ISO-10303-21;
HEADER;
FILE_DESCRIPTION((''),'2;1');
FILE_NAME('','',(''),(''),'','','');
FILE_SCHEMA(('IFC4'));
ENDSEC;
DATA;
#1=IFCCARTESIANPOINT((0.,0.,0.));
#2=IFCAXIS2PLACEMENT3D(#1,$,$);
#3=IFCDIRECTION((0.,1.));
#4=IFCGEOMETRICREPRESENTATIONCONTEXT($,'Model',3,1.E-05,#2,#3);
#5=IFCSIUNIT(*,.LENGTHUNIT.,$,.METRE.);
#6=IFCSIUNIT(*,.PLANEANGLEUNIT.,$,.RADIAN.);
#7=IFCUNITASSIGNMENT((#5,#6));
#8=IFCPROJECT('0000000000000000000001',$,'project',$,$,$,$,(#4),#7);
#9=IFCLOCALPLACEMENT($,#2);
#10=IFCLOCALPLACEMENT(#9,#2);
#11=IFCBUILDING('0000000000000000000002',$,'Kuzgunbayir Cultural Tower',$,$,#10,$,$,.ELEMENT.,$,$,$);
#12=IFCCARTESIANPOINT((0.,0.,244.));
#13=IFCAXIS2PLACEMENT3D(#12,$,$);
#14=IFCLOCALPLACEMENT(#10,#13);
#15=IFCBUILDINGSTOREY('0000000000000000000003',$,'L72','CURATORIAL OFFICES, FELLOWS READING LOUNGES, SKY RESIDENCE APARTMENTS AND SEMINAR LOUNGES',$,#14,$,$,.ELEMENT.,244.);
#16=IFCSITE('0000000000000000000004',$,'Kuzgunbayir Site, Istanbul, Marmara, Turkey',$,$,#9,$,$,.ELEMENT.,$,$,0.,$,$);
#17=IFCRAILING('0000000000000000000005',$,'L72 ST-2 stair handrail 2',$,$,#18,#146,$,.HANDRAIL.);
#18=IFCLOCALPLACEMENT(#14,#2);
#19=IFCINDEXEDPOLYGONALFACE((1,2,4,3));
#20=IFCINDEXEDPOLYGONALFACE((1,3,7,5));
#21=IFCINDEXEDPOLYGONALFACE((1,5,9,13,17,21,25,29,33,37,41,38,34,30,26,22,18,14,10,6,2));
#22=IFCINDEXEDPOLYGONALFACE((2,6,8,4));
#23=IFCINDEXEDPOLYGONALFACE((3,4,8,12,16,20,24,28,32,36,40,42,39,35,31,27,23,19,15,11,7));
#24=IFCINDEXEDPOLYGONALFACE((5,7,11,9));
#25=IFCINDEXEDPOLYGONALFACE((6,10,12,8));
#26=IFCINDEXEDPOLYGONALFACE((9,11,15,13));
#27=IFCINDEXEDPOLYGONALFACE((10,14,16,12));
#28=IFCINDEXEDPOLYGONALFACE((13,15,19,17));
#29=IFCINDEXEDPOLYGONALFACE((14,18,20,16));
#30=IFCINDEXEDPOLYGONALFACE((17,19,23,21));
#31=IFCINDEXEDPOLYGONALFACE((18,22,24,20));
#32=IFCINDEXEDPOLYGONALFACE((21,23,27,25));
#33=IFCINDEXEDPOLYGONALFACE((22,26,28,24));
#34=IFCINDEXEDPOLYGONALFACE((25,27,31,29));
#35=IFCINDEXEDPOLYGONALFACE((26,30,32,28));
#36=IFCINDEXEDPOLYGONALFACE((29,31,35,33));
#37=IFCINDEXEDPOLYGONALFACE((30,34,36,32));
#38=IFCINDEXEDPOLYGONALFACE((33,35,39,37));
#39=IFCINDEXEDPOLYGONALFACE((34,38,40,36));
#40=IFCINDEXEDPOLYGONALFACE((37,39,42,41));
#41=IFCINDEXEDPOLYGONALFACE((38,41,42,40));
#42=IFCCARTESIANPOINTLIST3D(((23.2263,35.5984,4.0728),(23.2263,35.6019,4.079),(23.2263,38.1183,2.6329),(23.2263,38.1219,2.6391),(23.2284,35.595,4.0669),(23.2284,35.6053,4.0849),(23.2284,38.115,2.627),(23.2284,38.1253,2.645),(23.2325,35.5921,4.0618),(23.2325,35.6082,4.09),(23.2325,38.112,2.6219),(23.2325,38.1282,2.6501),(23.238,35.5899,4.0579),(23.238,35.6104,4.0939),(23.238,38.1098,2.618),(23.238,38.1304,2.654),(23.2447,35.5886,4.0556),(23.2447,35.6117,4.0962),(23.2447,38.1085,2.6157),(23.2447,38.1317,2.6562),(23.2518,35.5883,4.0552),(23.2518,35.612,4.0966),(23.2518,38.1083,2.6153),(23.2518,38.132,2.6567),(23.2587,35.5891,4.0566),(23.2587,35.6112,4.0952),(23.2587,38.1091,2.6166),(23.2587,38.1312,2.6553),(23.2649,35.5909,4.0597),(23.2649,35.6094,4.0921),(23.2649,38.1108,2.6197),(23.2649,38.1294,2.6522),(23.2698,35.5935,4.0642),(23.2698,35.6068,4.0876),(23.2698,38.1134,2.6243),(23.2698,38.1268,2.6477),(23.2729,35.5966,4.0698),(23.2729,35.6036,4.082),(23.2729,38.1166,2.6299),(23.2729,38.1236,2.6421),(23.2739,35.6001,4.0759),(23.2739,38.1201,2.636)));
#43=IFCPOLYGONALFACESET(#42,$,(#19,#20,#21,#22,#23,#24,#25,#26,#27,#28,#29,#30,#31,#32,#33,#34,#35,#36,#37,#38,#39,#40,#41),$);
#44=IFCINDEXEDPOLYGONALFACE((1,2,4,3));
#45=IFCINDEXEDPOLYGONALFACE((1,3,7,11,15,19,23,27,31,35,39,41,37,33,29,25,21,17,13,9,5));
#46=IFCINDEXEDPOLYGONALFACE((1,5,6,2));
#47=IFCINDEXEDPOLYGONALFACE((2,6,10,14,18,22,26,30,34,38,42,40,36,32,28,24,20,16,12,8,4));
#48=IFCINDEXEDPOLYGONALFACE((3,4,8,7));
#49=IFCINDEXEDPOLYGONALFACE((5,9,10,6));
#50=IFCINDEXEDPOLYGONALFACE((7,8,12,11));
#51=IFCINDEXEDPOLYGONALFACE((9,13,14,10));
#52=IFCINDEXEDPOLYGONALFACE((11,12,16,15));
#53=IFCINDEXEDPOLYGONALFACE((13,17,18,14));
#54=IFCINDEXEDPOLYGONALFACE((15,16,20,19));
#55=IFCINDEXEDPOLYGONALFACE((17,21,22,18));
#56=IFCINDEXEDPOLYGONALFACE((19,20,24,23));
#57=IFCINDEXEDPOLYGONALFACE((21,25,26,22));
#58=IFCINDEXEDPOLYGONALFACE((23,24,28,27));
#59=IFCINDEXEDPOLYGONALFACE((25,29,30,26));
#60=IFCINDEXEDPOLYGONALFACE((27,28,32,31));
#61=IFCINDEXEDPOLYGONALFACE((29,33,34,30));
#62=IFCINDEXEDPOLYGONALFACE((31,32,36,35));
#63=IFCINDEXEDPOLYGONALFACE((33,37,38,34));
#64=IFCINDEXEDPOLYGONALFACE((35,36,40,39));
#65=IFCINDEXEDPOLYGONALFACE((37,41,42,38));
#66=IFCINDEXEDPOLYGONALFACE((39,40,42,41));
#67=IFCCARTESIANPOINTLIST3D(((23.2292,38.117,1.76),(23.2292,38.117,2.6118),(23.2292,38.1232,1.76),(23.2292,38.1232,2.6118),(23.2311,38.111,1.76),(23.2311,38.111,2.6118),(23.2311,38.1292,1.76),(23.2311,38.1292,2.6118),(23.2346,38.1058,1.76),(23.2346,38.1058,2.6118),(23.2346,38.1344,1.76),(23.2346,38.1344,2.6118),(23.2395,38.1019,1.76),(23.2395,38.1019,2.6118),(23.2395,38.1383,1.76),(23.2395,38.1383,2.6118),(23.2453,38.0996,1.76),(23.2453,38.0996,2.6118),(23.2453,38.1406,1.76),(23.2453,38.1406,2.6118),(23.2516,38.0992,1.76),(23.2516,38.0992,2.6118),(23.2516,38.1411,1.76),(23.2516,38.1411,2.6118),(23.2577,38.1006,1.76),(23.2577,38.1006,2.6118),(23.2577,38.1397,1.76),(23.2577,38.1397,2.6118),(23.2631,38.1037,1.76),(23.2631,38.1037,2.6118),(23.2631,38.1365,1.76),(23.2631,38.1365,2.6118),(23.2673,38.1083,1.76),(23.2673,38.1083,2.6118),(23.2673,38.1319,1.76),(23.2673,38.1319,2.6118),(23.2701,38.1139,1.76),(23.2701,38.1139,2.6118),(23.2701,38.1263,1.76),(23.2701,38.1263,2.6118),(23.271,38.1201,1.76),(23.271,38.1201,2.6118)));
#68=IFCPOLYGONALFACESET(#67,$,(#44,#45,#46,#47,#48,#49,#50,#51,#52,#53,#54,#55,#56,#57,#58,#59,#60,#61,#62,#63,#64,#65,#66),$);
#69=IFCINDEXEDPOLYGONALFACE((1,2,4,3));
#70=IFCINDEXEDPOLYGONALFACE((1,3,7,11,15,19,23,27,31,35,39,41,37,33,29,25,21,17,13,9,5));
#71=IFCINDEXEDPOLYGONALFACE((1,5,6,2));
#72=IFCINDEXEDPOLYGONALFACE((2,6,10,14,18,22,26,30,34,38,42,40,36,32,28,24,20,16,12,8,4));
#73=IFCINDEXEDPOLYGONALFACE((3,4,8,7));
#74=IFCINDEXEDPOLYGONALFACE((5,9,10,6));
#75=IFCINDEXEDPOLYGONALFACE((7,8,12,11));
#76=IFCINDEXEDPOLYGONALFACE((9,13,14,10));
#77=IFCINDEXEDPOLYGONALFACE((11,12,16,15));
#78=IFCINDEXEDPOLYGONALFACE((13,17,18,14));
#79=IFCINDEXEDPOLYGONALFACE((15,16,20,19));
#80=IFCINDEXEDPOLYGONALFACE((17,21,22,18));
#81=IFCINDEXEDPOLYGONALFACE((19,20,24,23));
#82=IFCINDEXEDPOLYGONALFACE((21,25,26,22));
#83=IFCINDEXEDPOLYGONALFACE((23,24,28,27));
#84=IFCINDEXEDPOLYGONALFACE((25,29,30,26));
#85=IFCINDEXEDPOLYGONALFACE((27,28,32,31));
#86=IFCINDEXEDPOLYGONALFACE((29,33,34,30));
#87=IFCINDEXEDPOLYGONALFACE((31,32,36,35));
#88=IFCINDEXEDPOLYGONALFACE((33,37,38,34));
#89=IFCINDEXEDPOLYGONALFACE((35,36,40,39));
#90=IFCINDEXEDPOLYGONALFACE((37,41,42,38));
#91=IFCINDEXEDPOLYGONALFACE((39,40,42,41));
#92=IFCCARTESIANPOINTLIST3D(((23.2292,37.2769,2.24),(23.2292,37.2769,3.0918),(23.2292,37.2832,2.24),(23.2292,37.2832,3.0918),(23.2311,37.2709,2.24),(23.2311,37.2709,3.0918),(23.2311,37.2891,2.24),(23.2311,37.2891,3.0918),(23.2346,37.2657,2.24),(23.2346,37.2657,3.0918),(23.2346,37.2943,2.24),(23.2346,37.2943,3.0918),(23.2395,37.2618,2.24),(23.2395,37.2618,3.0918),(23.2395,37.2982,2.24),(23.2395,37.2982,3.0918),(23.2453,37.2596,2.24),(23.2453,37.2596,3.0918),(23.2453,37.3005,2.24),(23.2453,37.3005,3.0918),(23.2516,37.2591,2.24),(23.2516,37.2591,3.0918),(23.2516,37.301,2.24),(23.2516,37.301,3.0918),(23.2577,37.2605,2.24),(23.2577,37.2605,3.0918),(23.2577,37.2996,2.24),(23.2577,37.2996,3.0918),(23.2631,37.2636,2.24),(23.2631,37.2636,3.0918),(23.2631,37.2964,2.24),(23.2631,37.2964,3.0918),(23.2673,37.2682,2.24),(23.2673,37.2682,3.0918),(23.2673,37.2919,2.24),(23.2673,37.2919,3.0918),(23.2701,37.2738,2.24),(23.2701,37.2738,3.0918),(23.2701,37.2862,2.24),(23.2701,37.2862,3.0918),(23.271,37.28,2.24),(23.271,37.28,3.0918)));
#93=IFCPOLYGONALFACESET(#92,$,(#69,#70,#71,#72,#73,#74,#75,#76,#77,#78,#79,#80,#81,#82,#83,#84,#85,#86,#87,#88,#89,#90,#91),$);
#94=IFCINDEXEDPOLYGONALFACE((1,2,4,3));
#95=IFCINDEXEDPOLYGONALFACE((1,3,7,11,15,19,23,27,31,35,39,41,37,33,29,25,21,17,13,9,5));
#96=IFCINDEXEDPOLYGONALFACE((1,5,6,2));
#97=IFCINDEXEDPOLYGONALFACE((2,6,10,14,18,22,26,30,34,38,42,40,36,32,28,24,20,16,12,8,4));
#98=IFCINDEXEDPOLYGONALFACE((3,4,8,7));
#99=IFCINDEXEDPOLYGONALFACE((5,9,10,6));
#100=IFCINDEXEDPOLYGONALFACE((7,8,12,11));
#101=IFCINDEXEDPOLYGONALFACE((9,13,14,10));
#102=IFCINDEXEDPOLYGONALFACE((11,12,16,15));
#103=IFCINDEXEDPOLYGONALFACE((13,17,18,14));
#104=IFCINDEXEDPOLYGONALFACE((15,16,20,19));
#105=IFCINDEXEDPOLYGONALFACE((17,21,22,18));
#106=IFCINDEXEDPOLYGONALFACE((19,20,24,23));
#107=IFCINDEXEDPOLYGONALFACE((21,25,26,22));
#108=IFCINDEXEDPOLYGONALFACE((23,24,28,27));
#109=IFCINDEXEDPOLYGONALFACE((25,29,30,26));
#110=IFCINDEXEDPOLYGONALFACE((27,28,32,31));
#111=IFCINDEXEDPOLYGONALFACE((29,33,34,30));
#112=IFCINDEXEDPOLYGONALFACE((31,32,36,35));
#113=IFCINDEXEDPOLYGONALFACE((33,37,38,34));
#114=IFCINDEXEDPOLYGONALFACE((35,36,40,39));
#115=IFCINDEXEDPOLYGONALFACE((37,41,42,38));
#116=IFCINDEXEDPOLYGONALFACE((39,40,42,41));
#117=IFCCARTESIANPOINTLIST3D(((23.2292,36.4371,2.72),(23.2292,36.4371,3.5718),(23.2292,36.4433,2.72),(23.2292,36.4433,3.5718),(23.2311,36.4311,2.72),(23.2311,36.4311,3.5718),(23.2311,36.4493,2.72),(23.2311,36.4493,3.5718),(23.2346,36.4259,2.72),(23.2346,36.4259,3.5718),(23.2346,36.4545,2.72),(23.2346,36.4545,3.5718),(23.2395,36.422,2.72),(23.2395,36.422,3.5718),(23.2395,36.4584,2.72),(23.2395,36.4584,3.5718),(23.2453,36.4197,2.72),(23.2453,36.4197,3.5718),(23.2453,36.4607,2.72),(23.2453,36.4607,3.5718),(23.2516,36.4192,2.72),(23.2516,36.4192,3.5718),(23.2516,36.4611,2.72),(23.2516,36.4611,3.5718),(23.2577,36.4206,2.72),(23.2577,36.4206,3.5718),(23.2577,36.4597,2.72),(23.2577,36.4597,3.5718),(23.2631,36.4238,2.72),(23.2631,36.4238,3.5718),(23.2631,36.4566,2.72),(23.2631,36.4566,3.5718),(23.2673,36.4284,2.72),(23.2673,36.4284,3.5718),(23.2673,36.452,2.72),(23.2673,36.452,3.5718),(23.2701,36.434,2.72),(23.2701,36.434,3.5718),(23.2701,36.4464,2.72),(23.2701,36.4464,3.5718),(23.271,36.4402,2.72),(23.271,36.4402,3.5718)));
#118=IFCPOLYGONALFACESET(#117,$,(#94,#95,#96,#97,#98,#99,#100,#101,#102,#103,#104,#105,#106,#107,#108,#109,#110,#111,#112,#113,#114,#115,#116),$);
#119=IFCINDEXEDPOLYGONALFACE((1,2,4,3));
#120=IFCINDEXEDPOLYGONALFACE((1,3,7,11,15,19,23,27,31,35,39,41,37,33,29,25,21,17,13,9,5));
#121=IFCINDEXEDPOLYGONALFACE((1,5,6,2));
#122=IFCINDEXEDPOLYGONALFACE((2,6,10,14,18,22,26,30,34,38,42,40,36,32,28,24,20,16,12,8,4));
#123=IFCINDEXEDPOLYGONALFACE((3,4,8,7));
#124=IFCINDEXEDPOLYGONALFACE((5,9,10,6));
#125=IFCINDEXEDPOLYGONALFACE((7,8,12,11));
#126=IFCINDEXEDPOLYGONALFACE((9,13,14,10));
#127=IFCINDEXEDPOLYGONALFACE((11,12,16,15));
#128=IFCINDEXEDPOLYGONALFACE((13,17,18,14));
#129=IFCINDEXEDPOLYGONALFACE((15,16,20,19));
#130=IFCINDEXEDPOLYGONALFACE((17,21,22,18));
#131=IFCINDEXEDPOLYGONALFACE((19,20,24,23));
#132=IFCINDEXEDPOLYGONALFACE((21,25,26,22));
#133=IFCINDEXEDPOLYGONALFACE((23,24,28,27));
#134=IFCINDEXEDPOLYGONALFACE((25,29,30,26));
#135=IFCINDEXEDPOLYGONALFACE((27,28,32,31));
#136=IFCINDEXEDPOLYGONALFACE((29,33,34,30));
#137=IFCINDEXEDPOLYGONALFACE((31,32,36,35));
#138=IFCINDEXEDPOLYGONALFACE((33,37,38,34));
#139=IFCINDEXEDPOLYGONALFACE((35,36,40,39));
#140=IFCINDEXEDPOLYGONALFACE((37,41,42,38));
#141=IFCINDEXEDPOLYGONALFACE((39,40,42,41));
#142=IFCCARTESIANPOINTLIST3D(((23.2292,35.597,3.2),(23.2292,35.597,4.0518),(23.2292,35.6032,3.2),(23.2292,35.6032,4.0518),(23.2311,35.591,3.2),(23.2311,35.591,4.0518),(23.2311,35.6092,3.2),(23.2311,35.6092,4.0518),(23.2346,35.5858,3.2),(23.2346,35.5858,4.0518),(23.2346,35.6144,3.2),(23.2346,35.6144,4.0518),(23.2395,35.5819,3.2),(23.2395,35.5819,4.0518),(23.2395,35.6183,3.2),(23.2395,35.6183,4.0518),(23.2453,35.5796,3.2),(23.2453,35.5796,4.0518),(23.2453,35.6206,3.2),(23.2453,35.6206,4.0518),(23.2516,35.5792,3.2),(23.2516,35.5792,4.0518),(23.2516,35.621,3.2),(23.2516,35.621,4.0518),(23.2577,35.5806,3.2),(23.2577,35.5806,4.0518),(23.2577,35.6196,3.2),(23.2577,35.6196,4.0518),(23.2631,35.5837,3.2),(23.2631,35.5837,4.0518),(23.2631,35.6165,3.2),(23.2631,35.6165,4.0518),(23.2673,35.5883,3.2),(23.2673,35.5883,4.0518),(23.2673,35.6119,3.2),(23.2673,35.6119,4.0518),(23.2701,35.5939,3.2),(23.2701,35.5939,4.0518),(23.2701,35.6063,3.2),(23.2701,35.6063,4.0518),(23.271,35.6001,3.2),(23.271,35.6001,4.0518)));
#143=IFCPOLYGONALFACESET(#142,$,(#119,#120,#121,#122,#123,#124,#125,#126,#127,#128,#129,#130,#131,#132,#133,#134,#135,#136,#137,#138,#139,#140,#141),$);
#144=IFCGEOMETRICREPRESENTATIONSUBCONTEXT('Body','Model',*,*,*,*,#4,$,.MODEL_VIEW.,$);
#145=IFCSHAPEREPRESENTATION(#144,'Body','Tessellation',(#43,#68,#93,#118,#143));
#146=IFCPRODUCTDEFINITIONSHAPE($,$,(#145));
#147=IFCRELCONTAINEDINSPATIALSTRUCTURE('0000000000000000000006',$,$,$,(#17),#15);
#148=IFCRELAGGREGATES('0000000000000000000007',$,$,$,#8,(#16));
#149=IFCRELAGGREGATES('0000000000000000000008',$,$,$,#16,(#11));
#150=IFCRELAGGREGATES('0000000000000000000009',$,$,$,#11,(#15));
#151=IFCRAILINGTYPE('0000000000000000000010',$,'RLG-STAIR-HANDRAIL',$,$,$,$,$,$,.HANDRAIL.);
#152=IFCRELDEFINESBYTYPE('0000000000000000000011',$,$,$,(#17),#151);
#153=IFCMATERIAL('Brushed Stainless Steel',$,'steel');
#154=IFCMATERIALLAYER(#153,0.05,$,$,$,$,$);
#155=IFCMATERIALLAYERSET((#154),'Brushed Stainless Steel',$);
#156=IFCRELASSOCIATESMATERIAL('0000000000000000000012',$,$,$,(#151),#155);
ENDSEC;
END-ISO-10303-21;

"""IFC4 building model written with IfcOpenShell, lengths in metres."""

from ifc_helpers import new_model, si_unit, direction, frame, origin, origin_2d, place, context, subcontext, project, spatial, circle, extrude, material, layer, layer_set, type_object, element, save


model = new_model("IFC4")

# Units and contexts
model_context = context("Model", 3, precision=1e-05, world=origin(), true_north=direction((0.0, 1.0)))
body_context = subcontext(model_context, "Body", "Model", "MODEL_VIEW")
ifc_project = project(units=[si_unit("LENGTHUNIT", "METRE"), si_unit("PLANEANGLEUNIT", "RADIAN")], contexts=[model_context])

# Site, building, storey
site_placement = place(None, origin())
site = spatial("IfcSite", under=ifc_project, at=site_placement, Name="Kuzgunbayir Site, Istanbul, Marmara, Turkey", CompositionType="ELEMENT", RefElevation=0.0)
building_placement = place(site_placement, origin())
building = spatial("IfcBuilding", under=site, at=building_placement, Name="Kuzgunbayir Cultural Tower", CompositionType="ELEMENT")
storey_placement = place(building_placement, frame((0.0, 0.0, 244.0)))
storey = spatial("IfcBuildingStorey", under=building, at=storey_placement, Name="L72", Description="CURATORIAL OFFICES, FELLOWS READING LOUNGES, SKY RESIDENCE APARTMENTS AND SEMINAR LOUNGES", CompositionType="ELEMENT", Elevation=244.0)

# Railing
ifc_material_1 = material(Name="Brushed Stainless Steel", Category="steel")
ifc_layer_1 = layer(ifc_material_1, 0.05)
ifc_layer_set_1 = layer_set([ifc_layer_1], Name="Brushed Stainless Steel")
railing_type_1 = type_object("IfcRailingType", Name="RLG-STAIR-HANDRAIL", PredefinedType="HANDRAIL", material=ifc_layer_set_1)
railing_1_placement = place(storey_placement, frame((23.25, 38.1201, 1.76)))
element("IfcRailing", 1, at=railing_1_placement, inside=storey, type_object=railing_type_1, Name="L72 ST-2 stair handrail 2", PredefinedType="HANDRAIL", context=body_context, shape_type="SweptSolid", body=[
    extrude(circle(Radius=0.0239, at=origin_2d()), frame((0.0, 0.0, 0.876), z_axis=(0.0, -0.868253, 0.496121), x_axis=(1.0, 0.0, 0.0)), (0.0, 0.0, 1.0), 2.9023),
    extrude(circle(Radius=0.021, at=origin_2d()), origin(), (0.0, 0.0, 1.0), 0.8518),
    extrude(circle(Radius=0.021, at=origin_2d()), frame((0.0, -0.8401, 0.48)), (0.0, 0.0, 1.0), 0.8518),
    extrude(circle(Radius=0.021, at=origin_2d()), frame((0.0, -1.6799, 0.96)), (0.0, 0.0, 1.0), 0.8518),
    extrude(circle(Radius=0.021, at=origin_2d()), frame((0.0, -2.52, 1.4399)), (0.0, 0.0, 1.0), 0.8518),
])

save(model, "model.ifc")
